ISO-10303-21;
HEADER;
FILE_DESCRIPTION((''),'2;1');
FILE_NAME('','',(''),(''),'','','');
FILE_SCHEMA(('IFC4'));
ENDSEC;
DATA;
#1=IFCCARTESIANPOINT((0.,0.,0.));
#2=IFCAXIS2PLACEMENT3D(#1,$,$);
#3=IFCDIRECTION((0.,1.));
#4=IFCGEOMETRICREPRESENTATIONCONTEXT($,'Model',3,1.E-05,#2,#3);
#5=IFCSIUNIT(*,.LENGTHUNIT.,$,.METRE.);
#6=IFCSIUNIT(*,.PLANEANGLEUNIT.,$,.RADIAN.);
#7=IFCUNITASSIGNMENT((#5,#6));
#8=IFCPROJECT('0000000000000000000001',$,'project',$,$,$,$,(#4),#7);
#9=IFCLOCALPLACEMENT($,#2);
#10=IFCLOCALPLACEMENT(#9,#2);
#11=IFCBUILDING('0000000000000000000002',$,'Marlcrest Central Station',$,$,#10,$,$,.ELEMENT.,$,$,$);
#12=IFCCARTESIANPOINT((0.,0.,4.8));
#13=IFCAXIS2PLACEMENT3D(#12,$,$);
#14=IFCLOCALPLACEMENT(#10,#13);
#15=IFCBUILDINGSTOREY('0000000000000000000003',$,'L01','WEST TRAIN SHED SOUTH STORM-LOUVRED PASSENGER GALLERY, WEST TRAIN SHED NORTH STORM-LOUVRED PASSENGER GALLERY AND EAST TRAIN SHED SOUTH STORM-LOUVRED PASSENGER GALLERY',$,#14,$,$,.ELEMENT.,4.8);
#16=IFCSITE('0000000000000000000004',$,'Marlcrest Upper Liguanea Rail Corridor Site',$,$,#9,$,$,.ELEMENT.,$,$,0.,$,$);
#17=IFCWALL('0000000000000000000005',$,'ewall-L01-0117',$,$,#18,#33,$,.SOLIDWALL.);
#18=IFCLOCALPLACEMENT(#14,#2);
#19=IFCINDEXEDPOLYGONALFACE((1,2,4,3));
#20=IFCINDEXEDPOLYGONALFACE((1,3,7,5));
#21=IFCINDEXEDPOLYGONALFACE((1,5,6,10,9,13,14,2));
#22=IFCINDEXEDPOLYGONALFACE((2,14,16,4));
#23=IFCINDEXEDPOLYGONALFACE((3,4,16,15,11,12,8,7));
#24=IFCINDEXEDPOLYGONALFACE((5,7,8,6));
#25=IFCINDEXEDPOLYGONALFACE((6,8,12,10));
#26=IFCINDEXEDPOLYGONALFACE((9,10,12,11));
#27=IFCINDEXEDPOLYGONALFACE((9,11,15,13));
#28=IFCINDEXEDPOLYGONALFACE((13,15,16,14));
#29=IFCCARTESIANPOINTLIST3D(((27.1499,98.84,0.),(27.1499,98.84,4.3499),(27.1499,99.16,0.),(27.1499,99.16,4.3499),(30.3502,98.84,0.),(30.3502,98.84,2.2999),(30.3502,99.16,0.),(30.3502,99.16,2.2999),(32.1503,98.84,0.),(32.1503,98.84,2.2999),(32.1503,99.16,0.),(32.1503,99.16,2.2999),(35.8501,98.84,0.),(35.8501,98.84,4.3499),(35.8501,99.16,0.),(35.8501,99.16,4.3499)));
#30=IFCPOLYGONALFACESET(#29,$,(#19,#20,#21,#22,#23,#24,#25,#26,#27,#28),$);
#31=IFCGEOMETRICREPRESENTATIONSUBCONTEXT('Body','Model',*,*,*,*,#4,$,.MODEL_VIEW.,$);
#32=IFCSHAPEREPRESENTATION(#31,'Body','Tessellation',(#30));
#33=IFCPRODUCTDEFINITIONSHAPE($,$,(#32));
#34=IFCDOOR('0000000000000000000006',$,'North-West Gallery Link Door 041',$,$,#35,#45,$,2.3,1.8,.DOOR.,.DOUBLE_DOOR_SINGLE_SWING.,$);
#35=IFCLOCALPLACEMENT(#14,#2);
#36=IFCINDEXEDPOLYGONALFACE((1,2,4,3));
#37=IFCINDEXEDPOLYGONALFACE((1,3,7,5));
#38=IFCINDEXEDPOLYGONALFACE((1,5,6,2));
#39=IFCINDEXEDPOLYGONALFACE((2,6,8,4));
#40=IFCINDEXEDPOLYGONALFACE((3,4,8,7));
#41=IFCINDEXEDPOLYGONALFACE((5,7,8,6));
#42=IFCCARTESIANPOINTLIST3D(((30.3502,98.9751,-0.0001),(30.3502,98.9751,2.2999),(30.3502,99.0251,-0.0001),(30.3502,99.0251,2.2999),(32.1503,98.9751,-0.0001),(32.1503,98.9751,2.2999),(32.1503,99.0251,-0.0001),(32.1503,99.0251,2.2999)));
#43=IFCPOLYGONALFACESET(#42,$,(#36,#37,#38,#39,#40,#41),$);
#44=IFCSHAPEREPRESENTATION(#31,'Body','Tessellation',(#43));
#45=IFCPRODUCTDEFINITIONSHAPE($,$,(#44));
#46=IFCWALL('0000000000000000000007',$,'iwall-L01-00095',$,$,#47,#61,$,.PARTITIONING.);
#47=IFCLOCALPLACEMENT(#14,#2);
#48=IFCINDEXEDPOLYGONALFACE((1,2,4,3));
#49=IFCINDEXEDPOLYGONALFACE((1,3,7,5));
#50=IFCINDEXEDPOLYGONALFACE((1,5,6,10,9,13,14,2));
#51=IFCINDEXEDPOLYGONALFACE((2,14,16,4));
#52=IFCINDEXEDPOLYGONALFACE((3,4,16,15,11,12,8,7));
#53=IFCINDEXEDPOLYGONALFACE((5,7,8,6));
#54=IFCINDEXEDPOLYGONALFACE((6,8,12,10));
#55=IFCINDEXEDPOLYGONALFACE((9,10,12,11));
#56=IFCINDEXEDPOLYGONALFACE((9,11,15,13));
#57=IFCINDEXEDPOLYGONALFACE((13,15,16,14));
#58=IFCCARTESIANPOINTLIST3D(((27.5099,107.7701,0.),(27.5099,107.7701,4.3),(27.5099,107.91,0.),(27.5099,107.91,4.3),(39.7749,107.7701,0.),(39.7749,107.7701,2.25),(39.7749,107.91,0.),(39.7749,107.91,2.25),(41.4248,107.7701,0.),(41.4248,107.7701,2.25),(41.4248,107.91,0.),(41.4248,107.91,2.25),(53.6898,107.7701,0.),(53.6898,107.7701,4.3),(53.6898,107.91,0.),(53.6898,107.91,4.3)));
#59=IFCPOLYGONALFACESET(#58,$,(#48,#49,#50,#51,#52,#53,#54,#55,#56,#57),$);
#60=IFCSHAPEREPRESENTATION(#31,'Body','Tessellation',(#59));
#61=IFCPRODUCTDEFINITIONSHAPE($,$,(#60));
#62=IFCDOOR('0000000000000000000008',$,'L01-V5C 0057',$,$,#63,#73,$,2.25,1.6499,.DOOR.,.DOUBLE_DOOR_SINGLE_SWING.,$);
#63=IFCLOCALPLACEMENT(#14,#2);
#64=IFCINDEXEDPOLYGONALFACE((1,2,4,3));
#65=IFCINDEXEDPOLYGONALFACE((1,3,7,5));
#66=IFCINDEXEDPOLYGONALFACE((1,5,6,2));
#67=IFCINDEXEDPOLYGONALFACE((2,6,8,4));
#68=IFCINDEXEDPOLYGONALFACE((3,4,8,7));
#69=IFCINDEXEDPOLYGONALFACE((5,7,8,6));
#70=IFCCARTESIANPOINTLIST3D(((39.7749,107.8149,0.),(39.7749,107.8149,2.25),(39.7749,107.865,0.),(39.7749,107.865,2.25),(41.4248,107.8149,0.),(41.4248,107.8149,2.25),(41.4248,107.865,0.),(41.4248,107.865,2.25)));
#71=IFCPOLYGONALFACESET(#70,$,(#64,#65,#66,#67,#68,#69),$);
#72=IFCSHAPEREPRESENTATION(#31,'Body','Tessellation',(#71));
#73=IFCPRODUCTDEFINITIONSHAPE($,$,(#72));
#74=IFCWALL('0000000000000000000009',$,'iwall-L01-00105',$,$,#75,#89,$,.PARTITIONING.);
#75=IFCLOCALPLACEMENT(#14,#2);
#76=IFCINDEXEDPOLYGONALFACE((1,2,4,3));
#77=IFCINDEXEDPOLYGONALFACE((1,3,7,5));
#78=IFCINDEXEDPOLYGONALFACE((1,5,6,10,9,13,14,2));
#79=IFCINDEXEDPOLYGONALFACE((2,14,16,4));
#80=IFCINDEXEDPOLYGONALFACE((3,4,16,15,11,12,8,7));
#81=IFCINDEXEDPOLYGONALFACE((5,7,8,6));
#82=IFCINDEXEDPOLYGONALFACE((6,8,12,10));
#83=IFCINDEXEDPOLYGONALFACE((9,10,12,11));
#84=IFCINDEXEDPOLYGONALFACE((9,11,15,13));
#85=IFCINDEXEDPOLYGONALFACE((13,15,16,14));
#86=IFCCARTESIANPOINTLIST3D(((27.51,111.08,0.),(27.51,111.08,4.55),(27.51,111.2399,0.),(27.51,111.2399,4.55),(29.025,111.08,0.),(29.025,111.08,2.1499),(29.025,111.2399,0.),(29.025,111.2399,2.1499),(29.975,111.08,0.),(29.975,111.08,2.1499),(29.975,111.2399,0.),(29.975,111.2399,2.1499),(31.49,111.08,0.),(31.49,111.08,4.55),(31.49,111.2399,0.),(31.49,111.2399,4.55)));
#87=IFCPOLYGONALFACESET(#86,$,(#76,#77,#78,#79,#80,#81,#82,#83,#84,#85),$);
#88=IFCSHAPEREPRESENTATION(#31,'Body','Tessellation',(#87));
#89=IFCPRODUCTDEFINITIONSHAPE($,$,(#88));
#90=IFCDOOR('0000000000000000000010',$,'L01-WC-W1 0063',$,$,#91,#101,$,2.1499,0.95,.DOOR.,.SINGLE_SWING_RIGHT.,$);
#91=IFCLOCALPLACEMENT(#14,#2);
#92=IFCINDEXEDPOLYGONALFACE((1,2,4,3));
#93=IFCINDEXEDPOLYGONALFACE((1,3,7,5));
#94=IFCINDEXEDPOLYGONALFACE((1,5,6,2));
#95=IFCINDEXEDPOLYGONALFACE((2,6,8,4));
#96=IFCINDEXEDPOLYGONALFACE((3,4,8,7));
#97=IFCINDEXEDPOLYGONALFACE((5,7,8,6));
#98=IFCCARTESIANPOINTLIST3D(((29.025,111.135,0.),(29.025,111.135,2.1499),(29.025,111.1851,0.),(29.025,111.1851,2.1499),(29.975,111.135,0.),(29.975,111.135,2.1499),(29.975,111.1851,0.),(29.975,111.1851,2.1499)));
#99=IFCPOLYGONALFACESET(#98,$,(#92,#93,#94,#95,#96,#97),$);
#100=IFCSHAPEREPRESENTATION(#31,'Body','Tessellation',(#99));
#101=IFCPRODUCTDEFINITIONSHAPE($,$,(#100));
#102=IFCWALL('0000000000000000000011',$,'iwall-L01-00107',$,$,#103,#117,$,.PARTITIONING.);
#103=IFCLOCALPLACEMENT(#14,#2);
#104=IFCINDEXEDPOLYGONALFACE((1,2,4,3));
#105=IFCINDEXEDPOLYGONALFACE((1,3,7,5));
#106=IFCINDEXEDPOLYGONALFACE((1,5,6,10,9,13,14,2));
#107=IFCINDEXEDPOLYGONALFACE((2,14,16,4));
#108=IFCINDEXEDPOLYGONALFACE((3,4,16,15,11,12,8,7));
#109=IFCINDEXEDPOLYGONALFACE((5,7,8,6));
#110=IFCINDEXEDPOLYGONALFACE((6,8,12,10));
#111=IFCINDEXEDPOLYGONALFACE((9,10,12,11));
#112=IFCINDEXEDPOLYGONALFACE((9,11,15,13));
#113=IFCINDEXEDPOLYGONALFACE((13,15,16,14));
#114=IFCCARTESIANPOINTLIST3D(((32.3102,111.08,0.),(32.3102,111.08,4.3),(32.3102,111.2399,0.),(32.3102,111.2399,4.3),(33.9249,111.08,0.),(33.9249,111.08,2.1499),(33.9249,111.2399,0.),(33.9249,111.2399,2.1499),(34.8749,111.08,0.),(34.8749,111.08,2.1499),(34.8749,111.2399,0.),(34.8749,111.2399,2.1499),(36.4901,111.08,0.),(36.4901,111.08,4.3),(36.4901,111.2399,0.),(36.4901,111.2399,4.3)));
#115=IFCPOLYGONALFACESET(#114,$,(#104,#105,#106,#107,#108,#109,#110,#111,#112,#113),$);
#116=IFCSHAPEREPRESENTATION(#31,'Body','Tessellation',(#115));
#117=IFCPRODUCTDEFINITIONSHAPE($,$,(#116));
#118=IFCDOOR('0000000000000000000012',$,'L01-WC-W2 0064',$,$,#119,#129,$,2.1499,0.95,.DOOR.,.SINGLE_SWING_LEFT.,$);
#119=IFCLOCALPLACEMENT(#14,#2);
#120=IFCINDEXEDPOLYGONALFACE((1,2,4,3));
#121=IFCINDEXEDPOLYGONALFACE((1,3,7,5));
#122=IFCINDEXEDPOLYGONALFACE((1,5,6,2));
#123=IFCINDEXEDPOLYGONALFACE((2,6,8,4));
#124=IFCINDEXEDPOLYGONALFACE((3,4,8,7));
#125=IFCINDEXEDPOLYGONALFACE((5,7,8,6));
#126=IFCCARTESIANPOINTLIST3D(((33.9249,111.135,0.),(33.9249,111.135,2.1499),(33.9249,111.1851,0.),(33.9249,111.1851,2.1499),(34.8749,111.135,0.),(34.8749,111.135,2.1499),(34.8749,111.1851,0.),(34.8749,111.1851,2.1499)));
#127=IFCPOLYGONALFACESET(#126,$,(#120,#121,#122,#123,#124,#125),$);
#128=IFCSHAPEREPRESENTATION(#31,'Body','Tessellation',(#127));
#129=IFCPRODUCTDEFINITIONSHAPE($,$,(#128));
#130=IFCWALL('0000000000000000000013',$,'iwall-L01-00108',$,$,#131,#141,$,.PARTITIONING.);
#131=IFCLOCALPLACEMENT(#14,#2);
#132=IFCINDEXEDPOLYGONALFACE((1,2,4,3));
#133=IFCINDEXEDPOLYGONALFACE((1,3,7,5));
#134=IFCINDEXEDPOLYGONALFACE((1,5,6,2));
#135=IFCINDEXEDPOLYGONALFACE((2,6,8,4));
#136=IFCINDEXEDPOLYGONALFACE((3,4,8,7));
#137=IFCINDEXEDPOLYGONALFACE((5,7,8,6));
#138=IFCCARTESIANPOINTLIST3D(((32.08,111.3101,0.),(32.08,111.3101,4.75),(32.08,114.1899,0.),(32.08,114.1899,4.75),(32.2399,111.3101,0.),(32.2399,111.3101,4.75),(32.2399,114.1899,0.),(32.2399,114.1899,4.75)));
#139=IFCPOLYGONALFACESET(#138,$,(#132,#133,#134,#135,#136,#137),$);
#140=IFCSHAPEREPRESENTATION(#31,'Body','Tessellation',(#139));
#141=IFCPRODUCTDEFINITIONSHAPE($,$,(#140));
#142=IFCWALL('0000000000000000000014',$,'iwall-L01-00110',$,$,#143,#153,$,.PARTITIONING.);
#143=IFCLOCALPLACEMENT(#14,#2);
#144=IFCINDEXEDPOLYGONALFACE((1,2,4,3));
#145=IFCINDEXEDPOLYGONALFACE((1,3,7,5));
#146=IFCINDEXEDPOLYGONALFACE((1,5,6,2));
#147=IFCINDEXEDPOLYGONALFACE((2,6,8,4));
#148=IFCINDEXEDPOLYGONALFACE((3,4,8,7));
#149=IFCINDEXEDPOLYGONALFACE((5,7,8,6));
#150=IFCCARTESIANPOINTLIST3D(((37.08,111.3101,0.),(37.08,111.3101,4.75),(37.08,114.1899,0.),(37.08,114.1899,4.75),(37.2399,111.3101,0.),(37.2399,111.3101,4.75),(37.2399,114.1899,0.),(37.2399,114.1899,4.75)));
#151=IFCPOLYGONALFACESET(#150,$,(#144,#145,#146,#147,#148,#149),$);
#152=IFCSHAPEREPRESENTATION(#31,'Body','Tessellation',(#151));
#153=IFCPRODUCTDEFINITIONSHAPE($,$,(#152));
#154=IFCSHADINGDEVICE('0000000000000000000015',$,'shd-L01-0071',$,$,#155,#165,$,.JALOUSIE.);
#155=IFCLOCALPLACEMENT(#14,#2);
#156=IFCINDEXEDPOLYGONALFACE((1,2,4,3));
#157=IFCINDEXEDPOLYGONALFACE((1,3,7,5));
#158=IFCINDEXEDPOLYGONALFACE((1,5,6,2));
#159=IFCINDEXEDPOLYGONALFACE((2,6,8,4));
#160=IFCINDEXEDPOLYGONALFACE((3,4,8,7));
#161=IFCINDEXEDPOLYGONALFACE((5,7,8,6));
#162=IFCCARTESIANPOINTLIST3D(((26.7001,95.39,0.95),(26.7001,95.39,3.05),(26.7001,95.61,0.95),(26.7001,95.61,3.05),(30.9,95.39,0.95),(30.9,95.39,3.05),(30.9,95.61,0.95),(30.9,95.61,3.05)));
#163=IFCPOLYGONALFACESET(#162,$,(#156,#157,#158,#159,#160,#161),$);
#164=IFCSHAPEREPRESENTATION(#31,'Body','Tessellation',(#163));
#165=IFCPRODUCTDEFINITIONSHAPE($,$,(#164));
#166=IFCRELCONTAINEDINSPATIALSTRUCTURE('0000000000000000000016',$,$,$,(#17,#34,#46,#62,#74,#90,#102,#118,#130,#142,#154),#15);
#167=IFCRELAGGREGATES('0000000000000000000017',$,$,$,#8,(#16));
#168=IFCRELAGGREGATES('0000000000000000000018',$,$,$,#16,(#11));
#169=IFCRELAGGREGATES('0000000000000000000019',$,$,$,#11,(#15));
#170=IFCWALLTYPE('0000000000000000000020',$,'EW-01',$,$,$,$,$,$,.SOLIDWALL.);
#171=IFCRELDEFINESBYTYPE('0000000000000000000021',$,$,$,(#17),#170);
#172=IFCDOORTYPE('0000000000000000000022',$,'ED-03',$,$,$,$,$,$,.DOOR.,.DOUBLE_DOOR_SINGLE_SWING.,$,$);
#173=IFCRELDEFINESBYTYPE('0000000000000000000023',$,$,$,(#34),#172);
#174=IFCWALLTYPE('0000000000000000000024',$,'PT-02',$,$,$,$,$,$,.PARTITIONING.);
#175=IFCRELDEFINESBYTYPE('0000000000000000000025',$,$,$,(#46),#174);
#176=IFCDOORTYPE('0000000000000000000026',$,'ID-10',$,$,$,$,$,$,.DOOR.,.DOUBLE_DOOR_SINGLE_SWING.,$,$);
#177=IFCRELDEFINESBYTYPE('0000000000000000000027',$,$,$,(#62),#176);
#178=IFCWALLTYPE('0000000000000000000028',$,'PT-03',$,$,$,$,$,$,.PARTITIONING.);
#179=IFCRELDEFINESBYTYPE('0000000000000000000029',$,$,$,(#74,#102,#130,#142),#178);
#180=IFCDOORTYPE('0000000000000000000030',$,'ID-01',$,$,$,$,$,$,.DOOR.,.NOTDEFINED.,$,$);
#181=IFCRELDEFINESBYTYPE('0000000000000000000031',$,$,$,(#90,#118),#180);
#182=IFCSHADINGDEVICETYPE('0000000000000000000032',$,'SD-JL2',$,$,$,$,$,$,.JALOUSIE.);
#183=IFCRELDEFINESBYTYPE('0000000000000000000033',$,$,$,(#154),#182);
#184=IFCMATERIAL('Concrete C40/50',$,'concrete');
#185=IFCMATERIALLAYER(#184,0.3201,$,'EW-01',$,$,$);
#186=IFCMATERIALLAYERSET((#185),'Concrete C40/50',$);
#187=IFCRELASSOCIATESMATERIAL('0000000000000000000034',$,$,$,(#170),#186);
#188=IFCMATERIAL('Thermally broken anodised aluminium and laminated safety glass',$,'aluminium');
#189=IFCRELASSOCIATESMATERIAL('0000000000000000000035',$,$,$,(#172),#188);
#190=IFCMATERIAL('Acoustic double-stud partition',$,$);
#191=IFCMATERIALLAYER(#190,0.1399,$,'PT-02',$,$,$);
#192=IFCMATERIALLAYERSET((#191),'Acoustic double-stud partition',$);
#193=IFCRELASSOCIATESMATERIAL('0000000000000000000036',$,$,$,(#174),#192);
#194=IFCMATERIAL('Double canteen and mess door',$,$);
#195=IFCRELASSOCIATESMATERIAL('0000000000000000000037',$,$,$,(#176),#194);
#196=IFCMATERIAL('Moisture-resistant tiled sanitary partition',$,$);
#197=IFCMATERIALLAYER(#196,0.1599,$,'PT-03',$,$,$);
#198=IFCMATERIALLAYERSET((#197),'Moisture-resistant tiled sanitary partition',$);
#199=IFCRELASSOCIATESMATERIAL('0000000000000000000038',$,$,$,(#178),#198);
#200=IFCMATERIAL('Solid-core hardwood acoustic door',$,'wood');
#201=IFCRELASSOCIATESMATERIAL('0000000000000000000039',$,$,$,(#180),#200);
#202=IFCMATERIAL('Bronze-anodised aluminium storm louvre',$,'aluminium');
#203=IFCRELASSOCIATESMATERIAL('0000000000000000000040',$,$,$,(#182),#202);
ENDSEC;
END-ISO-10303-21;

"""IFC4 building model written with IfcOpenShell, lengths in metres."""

from ifc_helpers import new_model, si_unit, direction, frame, frame_2d, origin, origin_2d, place, context, subcontext, project, spatial, rectangle, extrude, material, layer, layer_set, type_object, element, fill, save


model = new_model("IFC4")

# Units and contexts
model_context = context("Model", 3, precision=1e-05, world=origin(), true_north=direction((0.0, 1.0)))
body_context = subcontext(model_context, "Body", "Model", "MODEL_VIEW")
ifc_project = project(units=[si_unit("LENGTHUNIT", "METRE"), si_unit("PLANEANGLEUNIT", "RADIAN")], contexts=[model_context])

# Site, building, storey
site_placement = place(None, origin())
site = spatial("IfcSite", under=ifc_project, at=site_placement, Name="Marlcrest Upper Liguanea Rail Corridor Site", CompositionType="ELEMENT", RefElevation=0.0)
building_placement = place(site_placement, origin())
building = spatial("IfcBuilding", under=site, at=building_placement, Name="Marlcrest Central Station", CompositionType="ELEMENT")
storey_placement = place(building_placement, frame((0.0, 0.0, 4.8)))
storey = spatial("IfcBuildingStorey", under=building, at=storey_placement, Name="L01", Description="WEST TRAIN SHED SOUTH STORM-LOUVRED PASSENGER GALLERY, WEST TRAIN SHED NORTH STORM-LOUVRED PASSENGER GALLERY AND EAST TRAIN SHED SOUTH STORM-LOUVRED PASSENGER GALLERY", CompositionType="ELEMENT", Elevation=4.8)

# Walls, openings, doors
ifc_material_1 = material(Name="Concrete C40/50", Category="concrete")
ifc_layer_1 = layer(ifc_material_1, 0.3201, Name="EW-01")
ifc_layer_set_1 = layer_set([ifc_layer_1], Name="Concrete C40/50")
wall_type_1 = type_object("IfcWallType", Name="EW-01", PredefinedType="SOLIDWALL", material=ifc_layer_set_1)
wall_1_placement = place(storey_placement, frame((35.8501, 99.0, 0.0), z_axis=(0.0, 0.0, 1.0), x_axis=(-1.0, 0.0, 0.0)))
wall_1 = element("IfcWall", 1, at=wall_1_placement, inside=storey, type_object=wall_type_1, Name="ewall-L01-0117", PredefinedType="SOLIDWALL", context=body_context, shape_type="SweptSolid", body=[
    extrude(rectangle(XDim=8.7002, YDim=0.3201, at=frame_2d((4.3501, 0.0))), origin(), (0.0, 0.0, 1.0), 4.3499),
])
opening_1_placement = place(wall_1_placement, frame((3.7, 0.0, 0.0)))
opening_1 = element("IfcOpeningElement", 2, at=opening_1_placement, cuts=wall_1, PredefinedType="OPENING", context=body_context, shape_type="SweptSolid", body=[
    extrude(rectangle(XDim=1.8, YDim=2.3, at=frame_2d((0.8999, 1.1499))), frame((0.0, 0.1699, 0.0), z_axis=(0.0, -1.0, 0.0), x_axis=(1.0, 0.0, 0.0)), (0.0, 0.0, 1.0), 0.3401),
])
ifc_material_2 = material(Name="Thermally broken anodised aluminium and laminated safety glass", Category="aluminium")
door_type_1 = type_object("IfcDoorType", Name="ED-03", OperationType="DOUBLE_DOOR_SINGLE_SWING", PredefinedType="DOOR", material=ifc_material_2)
door_1_placement = place(opening_1_placement, origin())
door_1 = element("IfcDoor", 3, at=door_1_placement, inside=storey, type_object=door_type_1, Name="North-West Gallery Link Door 041", OperationType="DOUBLE_DOOR_SINGLE_SWING", OverallHeight=2.3, OverallWidth=1.8, PredefinedType="DOOR", context=body_context, shape_type="SweptSolid", body=[
    extrude(rectangle(XDim=1.8, YDim=2.3, at=frame_2d((0.8999, 1.1499))), frame((0.0, 0.0249, 0.0), z_axis=(0.0, -1.0, 0.0), x_axis=(1.0, 0.0, 0.0)), (0.0, 0.0, 1.0), 0.05),
])
fill(opening_1, door_1)
ifc_material_3 = material(Name="Acoustic double-stud partition")
ifc_layer_2 = layer(ifc_material_3, 0.1399, Name="PT-02")
ifc_layer_set_2 = layer_set([ifc_layer_2], Name="Acoustic double-stud partition")
wall_type_2 = type_object("IfcWallType", Name="PT-02", PredefinedType="PARTITIONING", material=ifc_layer_set_2)
wall_2_placement = place(storey_placement, frame((27.51, 107.8401, 0.0), z_axis=(0.0, 0.0, 1.0), x_axis=(1.0, 0.0, 0.0)))
wall_2 = element("IfcWall", 4, at=wall_2_placement, inside=storey, type_object=wall_type_2, Name="iwall-L01-00095", PredefinedType="PARTITIONING", context=body_context, shape_type="SweptSolid", body=[
    extrude(rectangle(XDim=26.1799, YDim=0.1399, at=frame_2d((13.0898, 0.0))), origin(), (0.0, 0.0, 1.0), 4.3),
])
opening_2_placement = place(wall_2_placement, frame((12.2649, 0.0, 0.0)))
opening_2 = element("IfcOpeningElement", 5, at=opening_2_placement, cuts=wall_2, PredefinedType="OPENING", context=body_context, shape_type="SweptSolid", body=[
    extrude(rectangle(XDim=1.6499, YDim=2.25, at=frame_2d((0.825, 1.125))), frame((0.0, 0.0798, 0.0), z_axis=(0.0, -1.0, 0.0), x_axis=(1.0, 0.0, 0.0)), (0.0, 0.0, 1.0), 0.1599),
])
ifc_material_4 = material(Name="Double canteen and mess door")
door_type_2 = type_object("IfcDoorType", Name="ID-10", OperationType="DOUBLE_DOOR_SINGLE_SWING", PredefinedType="DOOR", material=ifc_material_4)
door_2_placement = place(opening_2_placement, origin())
door_2 = element("IfcDoor", 6, at=door_2_placement, inside=storey, type_object=door_type_2, Name="L01-V5C 0057", OperationType="DOUBLE_DOOR_SINGLE_SWING", OverallHeight=2.25, OverallWidth=1.6499, PredefinedType="DOOR", context=body_context, shape_type="SweptSolid", body=[
    extrude(rectangle(XDim=1.6499, YDim=2.25, at=frame_2d((0.825, 1.125))), frame((0.0, 0.0249, 0.0), z_axis=(0.0, -1.0, 0.0), x_axis=(1.0, 0.0, 0.0)), (0.0, 0.0, 1.0), 0.05),
])
fill(opening_2, door_2)
ifc_material_5 = material(Name="Moisture-resistant tiled sanitary partition")
ifc_layer_3 = layer(ifc_material_5, 0.1599, Name="PT-03")
ifc_layer_set_3 = layer_set([ifc_layer_3], Name="Moisture-resistant tiled sanitary partition")
wall_type_3 = type_object("IfcWallType", Name="PT-03", PredefinedType="PARTITIONING", material=ifc_layer_set_3)
wall_3_placement = place(storey_placement, frame((31.49, 111.1599, 0.0), z_axis=(0.0, 0.0, 1.0), x_axis=(-1.0, 0.0, 0.0)))
wall_3 = element("IfcWall", 7, at=wall_3_placement, inside=storey, type_object=wall_type_3, Name="iwall-L01-00105", PredefinedType="PARTITIONING", context=body_context, shape_type="SweptSolid", body=[
    extrude(rectangle(XDim=3.98, YDim=0.1599, at=frame_2d((1.99, 0.0))), origin(), (0.0, 0.0, 1.0), 4.55),
])
opening_3_placement = place(wall_3_placement, frame((1.5149, 0.0, 0.0)))
opening_3 = element("IfcOpeningElement", 8, at=opening_3_placement, cuts=wall_3, PredefinedType="OPENING", context=body_context, shape_type="SweptSolid", body=[
    extrude(rectangle(XDim=0.95, YDim=2.1499, at=frame_2d((0.4751, 1.075))), frame((0.0, 0.0898, 0.0), z_axis=(0.0, -1.0, 0.0), x_axis=(1.0, 0.0, 0.0)), (0.0, 0.0, 1.0), 0.1799),
])
ifc_material_6 = material(Name="Solid-core hardwood acoustic door", Category="wood")
door_type_3 = type_object("IfcDoorType", Name="ID-01", OperationType="NOTDEFINED", PredefinedType="DOOR", material=ifc_material_6)
door_3_placement = place(opening_3_placement, origin())
door_3 = element("IfcDoor", 9, at=door_3_placement, inside=storey, type_object=door_type_3, Name="L01-WC-W1 0063", OperationType="SINGLE_SWING_RIGHT", OverallHeight=2.1499, OverallWidth=0.95, PredefinedType="DOOR", context=body_context, shape_type="SweptSolid", body=[
    extrude(rectangle(XDim=0.95, YDim=2.1499, at=frame_2d((0.4751, 1.075))), frame((0.0, 0.0249, 0.0), z_axis=(0.0, -1.0, 0.0), x_axis=(1.0, 0.0, 0.0)), (0.0, 0.0, 1.0), 0.05),
])
fill(opening_3, door_3)
wall_4_placement = place(storey_placement, frame((36.49, 111.1599, 0.0), z_axis=(0.0, 0.0, 1.0), x_axis=(-1.0, 0.0, 0.0)))
wall_4 = element("IfcWall", 10, at=wall_4_placement, inside=storey, type_object=wall_type_3, Name="iwall-L01-00107", PredefinedType="PARTITIONING", context=body_context, shape_type="SweptSolid", body=[
    extrude(rectangle(XDim=4.1799, YDim=0.1599, at=frame_2d((2.0898, 0.0))), origin(), (0.0, 0.0, 1.0), 4.3),
])
opening_4_placement = place(wall_4_placement, frame((1.615, 0.0, 0.0)))
opening_4 = element("IfcOpeningElement", 11, at=opening_4_placement, cuts=wall_4, PredefinedType="OPENING", context=body_context, shape_type="SweptSolid", body=[
    extrude(rectangle(XDim=0.95, YDim=2.1499, at=frame_2d((0.4751, 1.075))), frame((0.0, 0.0898, 0.0), z_axis=(0.0, -1.0, 0.0), x_axis=(1.0, 0.0, 0.0)), (0.0, 0.0, 1.0), 0.1799),
])
door_4_placement = place(opening_4_placement, origin())
door_4 = element("IfcDoor", 12, at=door_4_placement, inside=storey, type_object=door_type_3, Name="L01-WC-W2 0064", OperationType="SINGLE_SWING_LEFT", OverallHeight=2.1499, OverallWidth=0.95, PredefinedType="DOOR", context=body_context, shape_type="SweptSolid", body=[
    extrude(rectangle(XDim=0.95, YDim=2.1499, at=frame_2d((0.4751, 1.075))), frame((0.0, 0.0249, 0.0), z_axis=(0.0, -1.0, 0.0), x_axis=(1.0, 0.0, 0.0)), (0.0, 0.0, 1.0), 0.05),
])
fill(opening_4, door_4)

# Walls
for number, where, z_axis, x_axis, name in (
    (13, (32.1599, 111.3101, 0.0), (0.0, 0.0, 1.0), (0.0, 1.0, 0.0), "iwall-L01-00108"),
    (14, (37.1599, 111.3101, 0.0), (0.0, 0.0, 1.0), (0.0, 1.0, 0.0), "iwall-L01-00110"),
):
    element("IfcWall", number, at=place(storey_placement, frame(where, z_axis=z_axis, x_axis=x_axis)), inside=storey, type_object=wall_type_3, Name=name, PredefinedType="PARTITIONING", context=body_context, shape_type="SweptSolid", body=[
        extrude(rectangle(XDim=2.8799, YDim=0.1599, at=frame_2d((1.4399, 0.0))), origin(), (0.0, 0.0, 1.0), 4.75),
    ])

# Shading device
ifc_material_7 = material(Name="Bronze-anodised aluminium storm louvre", Category="aluminium")
shading_device_type = type_object("IfcShadingDeviceType", Name="SD-JL2", PredefinedType="JALOUSIE", material=ifc_material_7)
shading_device_placement = place(storey_placement, frame((28.8, 95.5, 0.95), z_axis=(0.0, 0.0, 1.0), x_axis=(1.0, 0.0, 0.0)))
element("IfcShadingDevice", 15, at=shading_device_placement, inside=storey, type_object=shading_device_type, Name="shd-L01-0071", PredefinedType="JALOUSIE", context=body_context, shape_type="SweptSolid", body=[
    extrude(rectangle(XDim=4.2, YDim=0.22, at=origin_2d()), origin(), (0.0, 0.0, 1.0), 2.1001),
])

save(model, "model.ifc")
